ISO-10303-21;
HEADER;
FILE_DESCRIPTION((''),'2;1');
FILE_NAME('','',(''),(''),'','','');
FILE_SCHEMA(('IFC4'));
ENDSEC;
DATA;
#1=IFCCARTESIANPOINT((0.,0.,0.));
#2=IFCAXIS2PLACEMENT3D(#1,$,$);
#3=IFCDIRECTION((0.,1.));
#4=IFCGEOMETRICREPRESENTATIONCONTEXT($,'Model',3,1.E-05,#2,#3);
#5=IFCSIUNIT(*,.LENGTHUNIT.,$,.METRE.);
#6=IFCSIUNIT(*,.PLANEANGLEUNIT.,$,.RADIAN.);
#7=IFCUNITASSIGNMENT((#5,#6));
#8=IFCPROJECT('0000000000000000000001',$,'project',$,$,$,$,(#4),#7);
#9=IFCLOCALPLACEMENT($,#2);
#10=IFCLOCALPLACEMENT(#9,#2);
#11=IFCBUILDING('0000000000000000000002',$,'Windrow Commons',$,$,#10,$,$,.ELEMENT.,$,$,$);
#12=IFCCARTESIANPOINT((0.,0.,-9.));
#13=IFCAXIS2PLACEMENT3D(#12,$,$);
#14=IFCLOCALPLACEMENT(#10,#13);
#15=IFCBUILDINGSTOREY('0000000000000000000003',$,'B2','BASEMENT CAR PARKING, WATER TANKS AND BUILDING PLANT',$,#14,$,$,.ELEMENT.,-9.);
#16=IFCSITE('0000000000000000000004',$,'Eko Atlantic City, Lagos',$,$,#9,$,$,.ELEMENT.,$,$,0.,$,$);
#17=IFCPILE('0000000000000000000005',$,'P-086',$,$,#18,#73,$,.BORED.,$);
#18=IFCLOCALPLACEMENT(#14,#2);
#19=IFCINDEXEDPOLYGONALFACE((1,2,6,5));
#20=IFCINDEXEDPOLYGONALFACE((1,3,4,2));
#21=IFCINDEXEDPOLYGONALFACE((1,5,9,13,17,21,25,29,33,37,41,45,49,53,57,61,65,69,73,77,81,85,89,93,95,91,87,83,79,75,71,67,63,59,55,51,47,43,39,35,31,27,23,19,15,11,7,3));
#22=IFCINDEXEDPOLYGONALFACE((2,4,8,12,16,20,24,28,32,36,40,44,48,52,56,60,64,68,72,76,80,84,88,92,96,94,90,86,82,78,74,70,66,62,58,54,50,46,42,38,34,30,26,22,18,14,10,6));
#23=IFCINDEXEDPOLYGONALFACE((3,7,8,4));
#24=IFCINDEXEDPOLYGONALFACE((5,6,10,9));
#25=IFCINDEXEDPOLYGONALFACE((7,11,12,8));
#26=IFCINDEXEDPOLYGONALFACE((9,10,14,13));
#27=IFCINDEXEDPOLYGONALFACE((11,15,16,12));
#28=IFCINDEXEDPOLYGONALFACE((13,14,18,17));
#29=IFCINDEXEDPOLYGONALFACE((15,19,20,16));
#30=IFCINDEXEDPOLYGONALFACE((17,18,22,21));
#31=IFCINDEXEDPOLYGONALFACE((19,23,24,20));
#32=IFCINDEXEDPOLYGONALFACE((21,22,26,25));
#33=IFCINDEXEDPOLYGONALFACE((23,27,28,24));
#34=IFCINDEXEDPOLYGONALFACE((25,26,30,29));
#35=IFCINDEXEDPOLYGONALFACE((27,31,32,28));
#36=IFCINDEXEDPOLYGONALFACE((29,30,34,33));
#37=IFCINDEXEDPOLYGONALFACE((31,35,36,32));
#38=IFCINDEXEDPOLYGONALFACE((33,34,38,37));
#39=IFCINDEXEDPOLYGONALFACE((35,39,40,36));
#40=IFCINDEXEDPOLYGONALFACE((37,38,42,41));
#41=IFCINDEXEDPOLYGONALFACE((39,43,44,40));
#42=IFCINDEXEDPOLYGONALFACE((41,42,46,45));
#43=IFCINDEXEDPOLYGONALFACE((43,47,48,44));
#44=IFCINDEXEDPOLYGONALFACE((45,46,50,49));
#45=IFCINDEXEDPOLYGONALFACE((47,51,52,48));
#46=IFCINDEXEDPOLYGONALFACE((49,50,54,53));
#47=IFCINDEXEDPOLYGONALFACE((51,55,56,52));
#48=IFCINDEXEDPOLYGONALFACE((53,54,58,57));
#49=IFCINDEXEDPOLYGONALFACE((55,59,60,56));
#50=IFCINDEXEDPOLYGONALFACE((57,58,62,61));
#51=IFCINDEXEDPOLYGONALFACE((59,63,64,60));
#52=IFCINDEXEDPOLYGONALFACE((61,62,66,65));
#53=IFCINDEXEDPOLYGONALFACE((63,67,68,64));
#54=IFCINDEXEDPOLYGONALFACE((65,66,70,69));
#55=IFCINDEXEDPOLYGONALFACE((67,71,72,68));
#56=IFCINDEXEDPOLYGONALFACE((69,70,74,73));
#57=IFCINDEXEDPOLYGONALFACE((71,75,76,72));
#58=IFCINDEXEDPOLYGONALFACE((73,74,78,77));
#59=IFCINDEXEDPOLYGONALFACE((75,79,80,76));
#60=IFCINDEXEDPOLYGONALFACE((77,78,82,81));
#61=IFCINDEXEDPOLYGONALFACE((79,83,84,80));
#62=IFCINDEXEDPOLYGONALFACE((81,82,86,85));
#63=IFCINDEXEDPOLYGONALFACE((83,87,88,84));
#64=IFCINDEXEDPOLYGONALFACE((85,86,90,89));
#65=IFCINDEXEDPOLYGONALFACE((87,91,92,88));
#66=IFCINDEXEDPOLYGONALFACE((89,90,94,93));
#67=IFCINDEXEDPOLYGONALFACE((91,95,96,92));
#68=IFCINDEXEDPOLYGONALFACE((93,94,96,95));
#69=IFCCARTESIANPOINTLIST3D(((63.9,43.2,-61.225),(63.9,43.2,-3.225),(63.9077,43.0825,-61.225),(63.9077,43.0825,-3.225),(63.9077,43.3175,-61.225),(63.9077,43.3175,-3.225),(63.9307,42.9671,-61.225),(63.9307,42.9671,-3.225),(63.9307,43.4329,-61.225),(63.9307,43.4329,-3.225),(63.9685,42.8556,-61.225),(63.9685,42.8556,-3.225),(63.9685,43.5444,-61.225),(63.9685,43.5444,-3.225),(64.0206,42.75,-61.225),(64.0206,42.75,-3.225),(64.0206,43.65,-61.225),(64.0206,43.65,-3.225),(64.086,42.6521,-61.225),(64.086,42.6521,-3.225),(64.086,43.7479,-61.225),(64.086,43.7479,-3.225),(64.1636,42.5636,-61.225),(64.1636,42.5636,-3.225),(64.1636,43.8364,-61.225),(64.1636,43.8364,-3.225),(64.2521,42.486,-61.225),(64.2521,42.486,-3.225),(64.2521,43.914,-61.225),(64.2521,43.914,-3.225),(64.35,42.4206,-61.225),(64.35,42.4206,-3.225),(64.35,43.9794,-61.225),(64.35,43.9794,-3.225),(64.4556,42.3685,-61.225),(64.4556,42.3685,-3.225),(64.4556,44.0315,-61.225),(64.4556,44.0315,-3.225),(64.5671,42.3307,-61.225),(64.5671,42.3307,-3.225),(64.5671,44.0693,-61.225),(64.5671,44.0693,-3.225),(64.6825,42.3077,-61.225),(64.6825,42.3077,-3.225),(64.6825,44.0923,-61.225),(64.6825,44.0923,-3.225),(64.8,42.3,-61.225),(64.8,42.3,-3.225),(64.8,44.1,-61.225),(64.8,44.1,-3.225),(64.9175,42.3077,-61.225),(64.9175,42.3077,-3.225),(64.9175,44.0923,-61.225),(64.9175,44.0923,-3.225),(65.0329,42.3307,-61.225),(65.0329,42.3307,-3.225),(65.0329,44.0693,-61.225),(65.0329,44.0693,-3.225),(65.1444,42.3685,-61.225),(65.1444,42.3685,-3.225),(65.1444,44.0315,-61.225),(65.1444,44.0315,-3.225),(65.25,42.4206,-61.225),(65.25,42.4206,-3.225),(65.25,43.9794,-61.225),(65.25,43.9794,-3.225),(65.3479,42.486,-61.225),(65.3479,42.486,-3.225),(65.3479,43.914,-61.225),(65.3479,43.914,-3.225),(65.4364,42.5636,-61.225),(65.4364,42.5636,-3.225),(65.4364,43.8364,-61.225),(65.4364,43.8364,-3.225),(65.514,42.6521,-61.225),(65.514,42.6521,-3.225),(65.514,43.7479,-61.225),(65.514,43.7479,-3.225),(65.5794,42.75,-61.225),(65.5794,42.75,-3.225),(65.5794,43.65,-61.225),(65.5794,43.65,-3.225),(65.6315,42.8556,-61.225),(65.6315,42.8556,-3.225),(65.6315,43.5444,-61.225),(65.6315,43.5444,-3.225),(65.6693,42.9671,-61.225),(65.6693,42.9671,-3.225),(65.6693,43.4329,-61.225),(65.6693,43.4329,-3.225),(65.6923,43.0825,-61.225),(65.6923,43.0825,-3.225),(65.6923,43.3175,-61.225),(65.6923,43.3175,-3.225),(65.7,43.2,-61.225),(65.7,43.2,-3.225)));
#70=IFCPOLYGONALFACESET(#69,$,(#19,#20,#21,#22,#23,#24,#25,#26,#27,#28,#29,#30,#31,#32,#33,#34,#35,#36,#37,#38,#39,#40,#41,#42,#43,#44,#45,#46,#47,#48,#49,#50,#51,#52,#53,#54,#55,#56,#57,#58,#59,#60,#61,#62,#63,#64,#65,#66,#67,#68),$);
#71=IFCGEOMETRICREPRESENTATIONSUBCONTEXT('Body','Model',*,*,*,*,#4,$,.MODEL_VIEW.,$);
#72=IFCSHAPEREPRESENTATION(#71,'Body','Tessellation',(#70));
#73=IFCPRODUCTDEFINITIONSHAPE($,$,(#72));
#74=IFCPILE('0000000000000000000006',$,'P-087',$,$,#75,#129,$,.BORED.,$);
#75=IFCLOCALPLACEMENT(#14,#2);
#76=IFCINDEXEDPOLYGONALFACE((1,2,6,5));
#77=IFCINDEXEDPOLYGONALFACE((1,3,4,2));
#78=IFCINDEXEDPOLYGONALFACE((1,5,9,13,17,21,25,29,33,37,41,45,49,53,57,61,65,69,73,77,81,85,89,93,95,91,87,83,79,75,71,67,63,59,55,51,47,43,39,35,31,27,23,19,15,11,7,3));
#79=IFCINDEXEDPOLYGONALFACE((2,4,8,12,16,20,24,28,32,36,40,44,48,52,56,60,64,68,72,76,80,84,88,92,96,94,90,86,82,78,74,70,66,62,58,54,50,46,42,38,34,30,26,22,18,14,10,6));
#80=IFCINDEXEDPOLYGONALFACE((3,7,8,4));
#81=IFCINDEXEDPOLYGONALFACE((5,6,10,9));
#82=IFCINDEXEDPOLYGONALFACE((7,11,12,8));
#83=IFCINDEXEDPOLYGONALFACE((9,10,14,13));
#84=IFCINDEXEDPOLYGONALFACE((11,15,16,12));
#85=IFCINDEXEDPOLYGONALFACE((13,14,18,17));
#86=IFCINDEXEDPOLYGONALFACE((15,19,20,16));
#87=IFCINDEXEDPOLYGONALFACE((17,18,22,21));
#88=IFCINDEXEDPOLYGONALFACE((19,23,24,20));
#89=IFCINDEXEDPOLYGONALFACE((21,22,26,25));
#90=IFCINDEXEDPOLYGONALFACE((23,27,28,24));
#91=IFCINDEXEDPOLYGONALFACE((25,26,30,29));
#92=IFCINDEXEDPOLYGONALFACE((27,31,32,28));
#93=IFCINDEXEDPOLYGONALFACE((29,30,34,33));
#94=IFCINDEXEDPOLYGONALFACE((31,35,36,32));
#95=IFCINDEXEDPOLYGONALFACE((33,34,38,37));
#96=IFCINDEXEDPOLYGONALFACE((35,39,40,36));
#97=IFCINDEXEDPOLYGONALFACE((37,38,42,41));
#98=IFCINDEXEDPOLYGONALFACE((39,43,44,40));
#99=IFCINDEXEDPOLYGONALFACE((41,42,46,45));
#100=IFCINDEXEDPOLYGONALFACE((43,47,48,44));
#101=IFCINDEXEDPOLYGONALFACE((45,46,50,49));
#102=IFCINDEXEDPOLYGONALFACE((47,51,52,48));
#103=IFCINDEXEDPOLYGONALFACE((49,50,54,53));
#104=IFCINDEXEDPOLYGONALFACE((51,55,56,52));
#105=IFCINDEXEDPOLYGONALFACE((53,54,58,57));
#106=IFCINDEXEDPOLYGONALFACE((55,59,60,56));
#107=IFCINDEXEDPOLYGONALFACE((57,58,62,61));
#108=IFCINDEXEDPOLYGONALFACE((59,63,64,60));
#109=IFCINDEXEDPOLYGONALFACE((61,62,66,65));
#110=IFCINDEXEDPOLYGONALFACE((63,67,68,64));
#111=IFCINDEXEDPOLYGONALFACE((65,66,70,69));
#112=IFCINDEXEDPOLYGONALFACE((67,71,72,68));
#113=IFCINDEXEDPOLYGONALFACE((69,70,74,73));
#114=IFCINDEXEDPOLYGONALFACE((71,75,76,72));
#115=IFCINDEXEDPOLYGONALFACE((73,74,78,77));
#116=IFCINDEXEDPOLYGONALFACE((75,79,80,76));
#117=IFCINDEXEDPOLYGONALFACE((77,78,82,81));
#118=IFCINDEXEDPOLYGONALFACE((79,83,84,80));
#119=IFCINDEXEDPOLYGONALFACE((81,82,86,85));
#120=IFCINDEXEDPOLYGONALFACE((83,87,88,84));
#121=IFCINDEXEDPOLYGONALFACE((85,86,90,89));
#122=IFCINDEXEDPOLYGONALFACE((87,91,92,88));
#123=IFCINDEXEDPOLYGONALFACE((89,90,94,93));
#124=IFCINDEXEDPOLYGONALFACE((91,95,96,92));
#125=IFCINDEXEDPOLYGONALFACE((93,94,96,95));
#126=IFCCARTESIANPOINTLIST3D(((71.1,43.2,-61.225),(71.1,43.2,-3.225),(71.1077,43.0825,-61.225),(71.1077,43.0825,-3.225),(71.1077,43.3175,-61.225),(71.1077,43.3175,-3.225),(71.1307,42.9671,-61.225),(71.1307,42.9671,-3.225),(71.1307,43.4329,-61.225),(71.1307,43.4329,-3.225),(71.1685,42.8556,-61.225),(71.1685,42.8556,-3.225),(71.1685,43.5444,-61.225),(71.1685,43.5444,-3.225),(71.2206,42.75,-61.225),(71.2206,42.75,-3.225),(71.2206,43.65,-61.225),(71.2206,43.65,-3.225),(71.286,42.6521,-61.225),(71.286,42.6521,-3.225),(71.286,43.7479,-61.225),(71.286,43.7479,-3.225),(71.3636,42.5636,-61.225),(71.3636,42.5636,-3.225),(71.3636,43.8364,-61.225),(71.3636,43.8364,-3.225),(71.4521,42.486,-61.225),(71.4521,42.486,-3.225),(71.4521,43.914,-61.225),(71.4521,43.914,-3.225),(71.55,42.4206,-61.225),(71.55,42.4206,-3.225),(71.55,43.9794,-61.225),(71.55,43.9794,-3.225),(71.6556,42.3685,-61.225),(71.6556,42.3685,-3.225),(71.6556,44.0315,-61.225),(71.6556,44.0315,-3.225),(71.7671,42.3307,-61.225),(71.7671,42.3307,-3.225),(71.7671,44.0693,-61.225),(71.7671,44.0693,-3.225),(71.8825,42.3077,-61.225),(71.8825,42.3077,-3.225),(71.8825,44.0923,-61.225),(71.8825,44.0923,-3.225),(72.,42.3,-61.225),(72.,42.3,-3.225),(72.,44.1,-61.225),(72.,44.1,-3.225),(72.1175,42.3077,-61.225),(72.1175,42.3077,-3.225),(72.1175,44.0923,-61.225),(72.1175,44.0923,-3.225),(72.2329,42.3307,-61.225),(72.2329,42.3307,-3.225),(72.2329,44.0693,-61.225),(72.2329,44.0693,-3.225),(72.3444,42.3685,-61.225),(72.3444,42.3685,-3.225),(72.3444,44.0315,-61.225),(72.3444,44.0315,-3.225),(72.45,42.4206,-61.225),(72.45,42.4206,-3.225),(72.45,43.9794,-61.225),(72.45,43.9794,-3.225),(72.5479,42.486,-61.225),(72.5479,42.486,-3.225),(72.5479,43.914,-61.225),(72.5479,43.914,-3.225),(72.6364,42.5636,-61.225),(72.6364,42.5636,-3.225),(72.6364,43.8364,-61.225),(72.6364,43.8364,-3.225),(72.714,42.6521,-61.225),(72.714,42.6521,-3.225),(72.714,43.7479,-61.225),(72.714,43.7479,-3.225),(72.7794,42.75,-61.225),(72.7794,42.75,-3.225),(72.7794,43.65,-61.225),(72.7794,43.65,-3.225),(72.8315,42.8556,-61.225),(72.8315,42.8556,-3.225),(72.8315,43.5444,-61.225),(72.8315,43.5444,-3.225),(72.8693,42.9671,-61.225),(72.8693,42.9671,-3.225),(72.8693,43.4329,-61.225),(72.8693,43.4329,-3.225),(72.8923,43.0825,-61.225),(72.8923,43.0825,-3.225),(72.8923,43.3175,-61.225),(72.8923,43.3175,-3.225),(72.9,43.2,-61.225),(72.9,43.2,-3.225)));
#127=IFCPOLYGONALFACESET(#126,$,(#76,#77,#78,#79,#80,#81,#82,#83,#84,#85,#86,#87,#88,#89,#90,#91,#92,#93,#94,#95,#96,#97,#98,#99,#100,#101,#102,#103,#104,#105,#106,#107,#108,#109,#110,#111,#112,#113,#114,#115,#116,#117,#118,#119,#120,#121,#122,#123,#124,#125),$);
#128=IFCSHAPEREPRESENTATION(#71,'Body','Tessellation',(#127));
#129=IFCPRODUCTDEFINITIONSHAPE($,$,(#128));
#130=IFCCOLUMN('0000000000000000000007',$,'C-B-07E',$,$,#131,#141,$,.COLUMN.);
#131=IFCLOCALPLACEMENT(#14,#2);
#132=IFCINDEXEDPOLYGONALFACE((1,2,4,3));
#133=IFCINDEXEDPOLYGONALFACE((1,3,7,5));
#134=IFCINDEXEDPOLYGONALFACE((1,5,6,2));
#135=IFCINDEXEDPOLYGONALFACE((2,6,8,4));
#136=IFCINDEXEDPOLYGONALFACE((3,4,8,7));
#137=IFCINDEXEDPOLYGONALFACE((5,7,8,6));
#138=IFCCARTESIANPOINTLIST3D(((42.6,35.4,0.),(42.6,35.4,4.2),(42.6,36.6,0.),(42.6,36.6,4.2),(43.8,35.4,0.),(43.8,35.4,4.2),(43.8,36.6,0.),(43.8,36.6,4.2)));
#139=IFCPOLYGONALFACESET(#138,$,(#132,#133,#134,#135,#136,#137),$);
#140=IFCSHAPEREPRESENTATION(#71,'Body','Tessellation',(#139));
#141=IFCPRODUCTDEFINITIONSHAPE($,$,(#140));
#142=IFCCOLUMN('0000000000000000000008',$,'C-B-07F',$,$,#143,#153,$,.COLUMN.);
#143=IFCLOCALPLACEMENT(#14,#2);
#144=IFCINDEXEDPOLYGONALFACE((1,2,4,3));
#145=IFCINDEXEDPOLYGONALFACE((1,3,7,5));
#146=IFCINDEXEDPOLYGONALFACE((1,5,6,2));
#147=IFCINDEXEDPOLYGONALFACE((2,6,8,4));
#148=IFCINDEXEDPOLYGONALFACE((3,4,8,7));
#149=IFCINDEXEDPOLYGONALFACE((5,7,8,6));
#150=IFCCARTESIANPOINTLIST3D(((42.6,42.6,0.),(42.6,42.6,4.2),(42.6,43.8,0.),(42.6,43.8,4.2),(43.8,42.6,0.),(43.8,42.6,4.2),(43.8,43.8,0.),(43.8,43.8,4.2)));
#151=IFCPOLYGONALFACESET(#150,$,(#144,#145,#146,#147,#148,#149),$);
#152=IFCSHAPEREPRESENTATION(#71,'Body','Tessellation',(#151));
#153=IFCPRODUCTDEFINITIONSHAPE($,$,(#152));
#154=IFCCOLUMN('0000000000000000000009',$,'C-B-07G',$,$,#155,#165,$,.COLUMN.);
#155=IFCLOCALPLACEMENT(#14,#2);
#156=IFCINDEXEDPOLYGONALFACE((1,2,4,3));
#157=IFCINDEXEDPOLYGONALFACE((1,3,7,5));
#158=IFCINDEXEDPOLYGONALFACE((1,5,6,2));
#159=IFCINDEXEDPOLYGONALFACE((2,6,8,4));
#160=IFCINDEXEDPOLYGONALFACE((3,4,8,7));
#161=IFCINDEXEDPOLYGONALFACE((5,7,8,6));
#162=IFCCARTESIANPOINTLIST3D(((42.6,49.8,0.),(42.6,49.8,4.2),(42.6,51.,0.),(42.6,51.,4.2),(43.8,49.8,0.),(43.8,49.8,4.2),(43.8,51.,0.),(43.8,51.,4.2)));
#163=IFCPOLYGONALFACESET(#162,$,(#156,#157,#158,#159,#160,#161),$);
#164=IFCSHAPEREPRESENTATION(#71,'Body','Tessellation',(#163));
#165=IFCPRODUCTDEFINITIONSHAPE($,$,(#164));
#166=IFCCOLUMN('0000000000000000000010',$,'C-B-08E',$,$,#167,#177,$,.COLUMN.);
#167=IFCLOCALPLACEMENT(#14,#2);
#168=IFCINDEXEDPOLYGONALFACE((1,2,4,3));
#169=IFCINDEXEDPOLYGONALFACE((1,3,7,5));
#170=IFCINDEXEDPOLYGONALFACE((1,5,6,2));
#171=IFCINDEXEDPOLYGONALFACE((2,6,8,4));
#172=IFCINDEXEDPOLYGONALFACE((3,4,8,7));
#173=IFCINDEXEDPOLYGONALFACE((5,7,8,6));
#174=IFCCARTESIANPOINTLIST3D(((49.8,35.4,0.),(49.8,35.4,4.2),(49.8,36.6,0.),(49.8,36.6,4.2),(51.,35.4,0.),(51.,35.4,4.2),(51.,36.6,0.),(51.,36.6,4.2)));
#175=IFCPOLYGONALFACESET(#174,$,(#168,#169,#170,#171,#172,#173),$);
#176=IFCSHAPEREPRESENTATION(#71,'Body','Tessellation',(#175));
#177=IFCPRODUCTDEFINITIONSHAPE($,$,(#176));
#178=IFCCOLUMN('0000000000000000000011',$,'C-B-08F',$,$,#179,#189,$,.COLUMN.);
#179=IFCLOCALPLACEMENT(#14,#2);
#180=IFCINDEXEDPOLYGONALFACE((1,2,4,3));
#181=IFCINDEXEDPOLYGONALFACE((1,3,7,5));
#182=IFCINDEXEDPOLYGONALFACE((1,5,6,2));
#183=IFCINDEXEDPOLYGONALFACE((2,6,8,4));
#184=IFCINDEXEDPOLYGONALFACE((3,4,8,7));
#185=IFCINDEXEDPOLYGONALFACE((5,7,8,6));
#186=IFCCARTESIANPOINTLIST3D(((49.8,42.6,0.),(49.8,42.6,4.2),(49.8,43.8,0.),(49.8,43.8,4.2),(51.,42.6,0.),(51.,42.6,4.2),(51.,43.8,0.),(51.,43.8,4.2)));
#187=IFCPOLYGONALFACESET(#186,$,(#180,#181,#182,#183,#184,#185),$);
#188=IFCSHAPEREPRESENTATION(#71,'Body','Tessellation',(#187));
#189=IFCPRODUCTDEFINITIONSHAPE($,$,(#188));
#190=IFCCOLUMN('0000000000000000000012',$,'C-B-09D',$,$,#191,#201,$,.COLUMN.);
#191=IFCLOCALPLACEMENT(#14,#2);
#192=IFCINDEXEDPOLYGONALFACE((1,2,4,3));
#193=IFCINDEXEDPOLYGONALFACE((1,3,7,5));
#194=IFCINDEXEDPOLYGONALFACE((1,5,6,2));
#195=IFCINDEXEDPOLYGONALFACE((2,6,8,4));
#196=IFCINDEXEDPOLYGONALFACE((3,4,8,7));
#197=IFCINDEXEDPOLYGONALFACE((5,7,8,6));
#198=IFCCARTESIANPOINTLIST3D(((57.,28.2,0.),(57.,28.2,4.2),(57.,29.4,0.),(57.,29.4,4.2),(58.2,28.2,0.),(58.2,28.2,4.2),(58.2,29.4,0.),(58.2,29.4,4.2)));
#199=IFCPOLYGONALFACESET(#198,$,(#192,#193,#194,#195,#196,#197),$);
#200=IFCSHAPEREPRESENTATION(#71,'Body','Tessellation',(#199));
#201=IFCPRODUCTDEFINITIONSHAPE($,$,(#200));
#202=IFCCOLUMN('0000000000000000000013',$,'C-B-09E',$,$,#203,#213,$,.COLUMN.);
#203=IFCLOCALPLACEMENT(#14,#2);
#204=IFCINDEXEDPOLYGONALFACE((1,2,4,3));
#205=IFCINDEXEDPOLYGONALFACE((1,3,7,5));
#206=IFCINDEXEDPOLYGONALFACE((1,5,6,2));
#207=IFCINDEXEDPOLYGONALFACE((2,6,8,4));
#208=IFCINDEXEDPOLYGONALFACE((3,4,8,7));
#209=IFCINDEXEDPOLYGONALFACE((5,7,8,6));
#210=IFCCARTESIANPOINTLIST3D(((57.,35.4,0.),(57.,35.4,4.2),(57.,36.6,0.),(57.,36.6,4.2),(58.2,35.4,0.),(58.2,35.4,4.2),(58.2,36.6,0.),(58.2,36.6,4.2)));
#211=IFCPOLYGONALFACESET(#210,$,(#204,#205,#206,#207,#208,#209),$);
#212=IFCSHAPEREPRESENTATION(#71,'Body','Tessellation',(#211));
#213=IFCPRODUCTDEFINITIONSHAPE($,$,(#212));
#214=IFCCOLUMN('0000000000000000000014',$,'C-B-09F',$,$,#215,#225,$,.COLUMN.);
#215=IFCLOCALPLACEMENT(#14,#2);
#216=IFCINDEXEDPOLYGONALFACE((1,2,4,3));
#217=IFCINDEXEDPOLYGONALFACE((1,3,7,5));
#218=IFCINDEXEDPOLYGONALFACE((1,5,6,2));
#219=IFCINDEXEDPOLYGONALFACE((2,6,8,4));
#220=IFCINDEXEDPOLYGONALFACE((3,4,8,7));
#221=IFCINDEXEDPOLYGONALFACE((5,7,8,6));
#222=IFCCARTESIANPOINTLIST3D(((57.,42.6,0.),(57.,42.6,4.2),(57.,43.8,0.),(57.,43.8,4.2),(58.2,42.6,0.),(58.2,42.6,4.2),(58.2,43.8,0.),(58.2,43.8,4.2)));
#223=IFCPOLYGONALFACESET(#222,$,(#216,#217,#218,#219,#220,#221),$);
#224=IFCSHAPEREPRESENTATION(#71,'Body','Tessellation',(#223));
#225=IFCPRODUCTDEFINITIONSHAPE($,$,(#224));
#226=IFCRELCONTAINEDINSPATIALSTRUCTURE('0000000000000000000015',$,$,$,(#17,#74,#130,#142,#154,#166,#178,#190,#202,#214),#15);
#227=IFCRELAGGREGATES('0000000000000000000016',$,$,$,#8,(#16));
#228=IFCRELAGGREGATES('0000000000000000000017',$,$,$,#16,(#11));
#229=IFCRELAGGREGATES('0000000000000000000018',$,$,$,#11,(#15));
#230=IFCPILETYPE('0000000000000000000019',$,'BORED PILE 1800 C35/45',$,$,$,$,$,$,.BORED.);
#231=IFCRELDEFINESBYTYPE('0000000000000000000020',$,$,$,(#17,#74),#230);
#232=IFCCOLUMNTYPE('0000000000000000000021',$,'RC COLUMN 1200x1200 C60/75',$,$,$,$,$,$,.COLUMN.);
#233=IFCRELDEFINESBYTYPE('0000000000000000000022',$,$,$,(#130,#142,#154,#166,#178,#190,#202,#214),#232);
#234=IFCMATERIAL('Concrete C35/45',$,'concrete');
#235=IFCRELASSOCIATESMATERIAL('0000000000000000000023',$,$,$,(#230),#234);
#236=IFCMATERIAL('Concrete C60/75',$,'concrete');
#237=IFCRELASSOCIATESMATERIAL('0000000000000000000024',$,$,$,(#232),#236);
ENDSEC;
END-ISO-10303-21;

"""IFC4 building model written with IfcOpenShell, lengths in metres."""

from ifc_helpers import new_model, si_unit, direction, frame, origin, origin_2d, place, context, subcontext, project, spatial, rectangle, circle, extrude, material, material_profile, profile_set, type_object, element, save


model = new_model("IFC4")

# Units and contexts
model_context = context("Model", 3, precision=1e-05, world=origin(), true_north=direction((0.0, 1.0)))
body_context = subcontext(model_context, "Body", "Model", "MODEL_VIEW")
ifc_project = project(units=[si_unit("LENGTHUNIT", "METRE"), si_unit("PLANEANGLEUNIT", "RADIAN")], contexts=[model_context])

# Site, building, storey
site_placement = place(None, origin())
site = spatial("IfcSite", under=ifc_project, at=site_placement, Name="Eko Atlantic City, Lagos", CompositionType="ELEMENT", RefElevation=0.0)
building_placement = place(site_placement, origin())
building = spatial("IfcBuilding", under=site, at=building_placement, Name="Windrow Commons", CompositionType="ELEMENT")
storey_placement = place(building_placement, frame((0.0, 0.0, -9.0)))
storey = spatial("IfcBuildingStorey", under=building, at=storey_placement, Name="B2", Description="BASEMENT CAR PARKING, WATER TANKS AND BUILDING PLANT", CompositionType="ELEMENT", Elevation=-9.0)

# Piles
ifc_material_1 = material(Name="Concrete C35/45", Category="concrete")
ifc_material_profile_1 = material_profile(ifc_material_1, circle(Radius=0.9, at=origin_2d()))
ifc_profile_set_1 = profile_set([ifc_material_profile_1], Name="Concrete C35/45")
pile_type = type_object("IfcPileType", Name="BORED PILE 1800 C35/45", PredefinedType="BORED", material=ifc_profile_set_1)
for number, where, z_axis, x_axis, name in (
    (1, (64.8, 43.2, -3.225), (0.0, 0.0, -1.0), (1.0, 0.0, 0.0), "P-086"),
    (2, (72.0, 43.2, -3.225), (0.0, 0.0, -1.0), (1.0, 0.0, 0.0), "P-087"),
):
    element("IfcPile", number, at=place(storey_placement, frame(where, z_axis=z_axis, x_axis=x_axis)), inside=storey, type_object=pile_type, Name=name, PredefinedType="BORED", context=body_context, shape_type="SweptSolid", body=[
        extrude(circle(Radius=0.9, at=origin_2d()), origin(), (0.0, 0.0, 1.0), 58.0),
    ])

# Columns
ifc_material_2 = material(Name="Concrete C60/75", Category="concrete")
ifc_material_profile_2 = material_profile(ifc_material_2, rectangle(XDim=1.2, YDim=1.2, at=origin_2d()))
ifc_profile_set_2 = profile_set([ifc_material_profile_2], Name="Concrete C60/75")
column_type = type_object("IfcColumnType", Name="RC COLUMN 1200x1200 C60/75", PredefinedType="COLUMN", material=ifc_profile_set_2)
for number, where, z_axis, x_axis, name in (
    (3, (43.2, 36.0, 0.0), (0.0, 0.0, 1.0), (1.0, 0.0, 0.0), "C-B-07E"),
    (4, (43.2, 43.2, 0.0), (0.0, 0.0, 1.0), (1.0, 0.0, 0.0), "C-B-07F"),
    (5, (43.2, 50.4, 0.0), (0.0, 0.0, 1.0), (1.0, 0.0, 0.0), "C-B-07G"),
    (6, (50.4, 36.0, 0.0), (0.0, 0.0, 1.0), (1.0, 0.0, 0.0), "C-B-08E"),
    (7, (50.4, 43.2, 0.0), (0.0, 0.0, 1.0), (1.0, 0.0, 0.0), "C-B-08F"),
    (8, (57.6, 28.8, 0.0), (0.0, 0.0, 1.0), (1.0, 0.0, 0.0), "C-B-09D"),
    (9, (57.6, 36.0, 0.0), (0.0, 0.0, 1.0), (1.0, 0.0, 0.0), "C-B-09E"),
    (10, (57.6, 43.2, 0.0), (0.0, 0.0, 1.0), (1.0, 0.0, 0.0), "C-B-09F"),
):
    element("IfcColumn", number, at=place(storey_placement, frame(where, z_axis=z_axis, x_axis=x_axis)), inside=storey, type_object=column_type, Name=name, PredefinedType="COLUMN", context=body_context, shape_type="SweptSolid", body=[
        extrude(rectangle(XDim=1.2, YDim=1.2, at=origin_2d()), origin(), (0.0, 0.0, 1.0), 4.2),
    ])

save(model, "model.ifc")
